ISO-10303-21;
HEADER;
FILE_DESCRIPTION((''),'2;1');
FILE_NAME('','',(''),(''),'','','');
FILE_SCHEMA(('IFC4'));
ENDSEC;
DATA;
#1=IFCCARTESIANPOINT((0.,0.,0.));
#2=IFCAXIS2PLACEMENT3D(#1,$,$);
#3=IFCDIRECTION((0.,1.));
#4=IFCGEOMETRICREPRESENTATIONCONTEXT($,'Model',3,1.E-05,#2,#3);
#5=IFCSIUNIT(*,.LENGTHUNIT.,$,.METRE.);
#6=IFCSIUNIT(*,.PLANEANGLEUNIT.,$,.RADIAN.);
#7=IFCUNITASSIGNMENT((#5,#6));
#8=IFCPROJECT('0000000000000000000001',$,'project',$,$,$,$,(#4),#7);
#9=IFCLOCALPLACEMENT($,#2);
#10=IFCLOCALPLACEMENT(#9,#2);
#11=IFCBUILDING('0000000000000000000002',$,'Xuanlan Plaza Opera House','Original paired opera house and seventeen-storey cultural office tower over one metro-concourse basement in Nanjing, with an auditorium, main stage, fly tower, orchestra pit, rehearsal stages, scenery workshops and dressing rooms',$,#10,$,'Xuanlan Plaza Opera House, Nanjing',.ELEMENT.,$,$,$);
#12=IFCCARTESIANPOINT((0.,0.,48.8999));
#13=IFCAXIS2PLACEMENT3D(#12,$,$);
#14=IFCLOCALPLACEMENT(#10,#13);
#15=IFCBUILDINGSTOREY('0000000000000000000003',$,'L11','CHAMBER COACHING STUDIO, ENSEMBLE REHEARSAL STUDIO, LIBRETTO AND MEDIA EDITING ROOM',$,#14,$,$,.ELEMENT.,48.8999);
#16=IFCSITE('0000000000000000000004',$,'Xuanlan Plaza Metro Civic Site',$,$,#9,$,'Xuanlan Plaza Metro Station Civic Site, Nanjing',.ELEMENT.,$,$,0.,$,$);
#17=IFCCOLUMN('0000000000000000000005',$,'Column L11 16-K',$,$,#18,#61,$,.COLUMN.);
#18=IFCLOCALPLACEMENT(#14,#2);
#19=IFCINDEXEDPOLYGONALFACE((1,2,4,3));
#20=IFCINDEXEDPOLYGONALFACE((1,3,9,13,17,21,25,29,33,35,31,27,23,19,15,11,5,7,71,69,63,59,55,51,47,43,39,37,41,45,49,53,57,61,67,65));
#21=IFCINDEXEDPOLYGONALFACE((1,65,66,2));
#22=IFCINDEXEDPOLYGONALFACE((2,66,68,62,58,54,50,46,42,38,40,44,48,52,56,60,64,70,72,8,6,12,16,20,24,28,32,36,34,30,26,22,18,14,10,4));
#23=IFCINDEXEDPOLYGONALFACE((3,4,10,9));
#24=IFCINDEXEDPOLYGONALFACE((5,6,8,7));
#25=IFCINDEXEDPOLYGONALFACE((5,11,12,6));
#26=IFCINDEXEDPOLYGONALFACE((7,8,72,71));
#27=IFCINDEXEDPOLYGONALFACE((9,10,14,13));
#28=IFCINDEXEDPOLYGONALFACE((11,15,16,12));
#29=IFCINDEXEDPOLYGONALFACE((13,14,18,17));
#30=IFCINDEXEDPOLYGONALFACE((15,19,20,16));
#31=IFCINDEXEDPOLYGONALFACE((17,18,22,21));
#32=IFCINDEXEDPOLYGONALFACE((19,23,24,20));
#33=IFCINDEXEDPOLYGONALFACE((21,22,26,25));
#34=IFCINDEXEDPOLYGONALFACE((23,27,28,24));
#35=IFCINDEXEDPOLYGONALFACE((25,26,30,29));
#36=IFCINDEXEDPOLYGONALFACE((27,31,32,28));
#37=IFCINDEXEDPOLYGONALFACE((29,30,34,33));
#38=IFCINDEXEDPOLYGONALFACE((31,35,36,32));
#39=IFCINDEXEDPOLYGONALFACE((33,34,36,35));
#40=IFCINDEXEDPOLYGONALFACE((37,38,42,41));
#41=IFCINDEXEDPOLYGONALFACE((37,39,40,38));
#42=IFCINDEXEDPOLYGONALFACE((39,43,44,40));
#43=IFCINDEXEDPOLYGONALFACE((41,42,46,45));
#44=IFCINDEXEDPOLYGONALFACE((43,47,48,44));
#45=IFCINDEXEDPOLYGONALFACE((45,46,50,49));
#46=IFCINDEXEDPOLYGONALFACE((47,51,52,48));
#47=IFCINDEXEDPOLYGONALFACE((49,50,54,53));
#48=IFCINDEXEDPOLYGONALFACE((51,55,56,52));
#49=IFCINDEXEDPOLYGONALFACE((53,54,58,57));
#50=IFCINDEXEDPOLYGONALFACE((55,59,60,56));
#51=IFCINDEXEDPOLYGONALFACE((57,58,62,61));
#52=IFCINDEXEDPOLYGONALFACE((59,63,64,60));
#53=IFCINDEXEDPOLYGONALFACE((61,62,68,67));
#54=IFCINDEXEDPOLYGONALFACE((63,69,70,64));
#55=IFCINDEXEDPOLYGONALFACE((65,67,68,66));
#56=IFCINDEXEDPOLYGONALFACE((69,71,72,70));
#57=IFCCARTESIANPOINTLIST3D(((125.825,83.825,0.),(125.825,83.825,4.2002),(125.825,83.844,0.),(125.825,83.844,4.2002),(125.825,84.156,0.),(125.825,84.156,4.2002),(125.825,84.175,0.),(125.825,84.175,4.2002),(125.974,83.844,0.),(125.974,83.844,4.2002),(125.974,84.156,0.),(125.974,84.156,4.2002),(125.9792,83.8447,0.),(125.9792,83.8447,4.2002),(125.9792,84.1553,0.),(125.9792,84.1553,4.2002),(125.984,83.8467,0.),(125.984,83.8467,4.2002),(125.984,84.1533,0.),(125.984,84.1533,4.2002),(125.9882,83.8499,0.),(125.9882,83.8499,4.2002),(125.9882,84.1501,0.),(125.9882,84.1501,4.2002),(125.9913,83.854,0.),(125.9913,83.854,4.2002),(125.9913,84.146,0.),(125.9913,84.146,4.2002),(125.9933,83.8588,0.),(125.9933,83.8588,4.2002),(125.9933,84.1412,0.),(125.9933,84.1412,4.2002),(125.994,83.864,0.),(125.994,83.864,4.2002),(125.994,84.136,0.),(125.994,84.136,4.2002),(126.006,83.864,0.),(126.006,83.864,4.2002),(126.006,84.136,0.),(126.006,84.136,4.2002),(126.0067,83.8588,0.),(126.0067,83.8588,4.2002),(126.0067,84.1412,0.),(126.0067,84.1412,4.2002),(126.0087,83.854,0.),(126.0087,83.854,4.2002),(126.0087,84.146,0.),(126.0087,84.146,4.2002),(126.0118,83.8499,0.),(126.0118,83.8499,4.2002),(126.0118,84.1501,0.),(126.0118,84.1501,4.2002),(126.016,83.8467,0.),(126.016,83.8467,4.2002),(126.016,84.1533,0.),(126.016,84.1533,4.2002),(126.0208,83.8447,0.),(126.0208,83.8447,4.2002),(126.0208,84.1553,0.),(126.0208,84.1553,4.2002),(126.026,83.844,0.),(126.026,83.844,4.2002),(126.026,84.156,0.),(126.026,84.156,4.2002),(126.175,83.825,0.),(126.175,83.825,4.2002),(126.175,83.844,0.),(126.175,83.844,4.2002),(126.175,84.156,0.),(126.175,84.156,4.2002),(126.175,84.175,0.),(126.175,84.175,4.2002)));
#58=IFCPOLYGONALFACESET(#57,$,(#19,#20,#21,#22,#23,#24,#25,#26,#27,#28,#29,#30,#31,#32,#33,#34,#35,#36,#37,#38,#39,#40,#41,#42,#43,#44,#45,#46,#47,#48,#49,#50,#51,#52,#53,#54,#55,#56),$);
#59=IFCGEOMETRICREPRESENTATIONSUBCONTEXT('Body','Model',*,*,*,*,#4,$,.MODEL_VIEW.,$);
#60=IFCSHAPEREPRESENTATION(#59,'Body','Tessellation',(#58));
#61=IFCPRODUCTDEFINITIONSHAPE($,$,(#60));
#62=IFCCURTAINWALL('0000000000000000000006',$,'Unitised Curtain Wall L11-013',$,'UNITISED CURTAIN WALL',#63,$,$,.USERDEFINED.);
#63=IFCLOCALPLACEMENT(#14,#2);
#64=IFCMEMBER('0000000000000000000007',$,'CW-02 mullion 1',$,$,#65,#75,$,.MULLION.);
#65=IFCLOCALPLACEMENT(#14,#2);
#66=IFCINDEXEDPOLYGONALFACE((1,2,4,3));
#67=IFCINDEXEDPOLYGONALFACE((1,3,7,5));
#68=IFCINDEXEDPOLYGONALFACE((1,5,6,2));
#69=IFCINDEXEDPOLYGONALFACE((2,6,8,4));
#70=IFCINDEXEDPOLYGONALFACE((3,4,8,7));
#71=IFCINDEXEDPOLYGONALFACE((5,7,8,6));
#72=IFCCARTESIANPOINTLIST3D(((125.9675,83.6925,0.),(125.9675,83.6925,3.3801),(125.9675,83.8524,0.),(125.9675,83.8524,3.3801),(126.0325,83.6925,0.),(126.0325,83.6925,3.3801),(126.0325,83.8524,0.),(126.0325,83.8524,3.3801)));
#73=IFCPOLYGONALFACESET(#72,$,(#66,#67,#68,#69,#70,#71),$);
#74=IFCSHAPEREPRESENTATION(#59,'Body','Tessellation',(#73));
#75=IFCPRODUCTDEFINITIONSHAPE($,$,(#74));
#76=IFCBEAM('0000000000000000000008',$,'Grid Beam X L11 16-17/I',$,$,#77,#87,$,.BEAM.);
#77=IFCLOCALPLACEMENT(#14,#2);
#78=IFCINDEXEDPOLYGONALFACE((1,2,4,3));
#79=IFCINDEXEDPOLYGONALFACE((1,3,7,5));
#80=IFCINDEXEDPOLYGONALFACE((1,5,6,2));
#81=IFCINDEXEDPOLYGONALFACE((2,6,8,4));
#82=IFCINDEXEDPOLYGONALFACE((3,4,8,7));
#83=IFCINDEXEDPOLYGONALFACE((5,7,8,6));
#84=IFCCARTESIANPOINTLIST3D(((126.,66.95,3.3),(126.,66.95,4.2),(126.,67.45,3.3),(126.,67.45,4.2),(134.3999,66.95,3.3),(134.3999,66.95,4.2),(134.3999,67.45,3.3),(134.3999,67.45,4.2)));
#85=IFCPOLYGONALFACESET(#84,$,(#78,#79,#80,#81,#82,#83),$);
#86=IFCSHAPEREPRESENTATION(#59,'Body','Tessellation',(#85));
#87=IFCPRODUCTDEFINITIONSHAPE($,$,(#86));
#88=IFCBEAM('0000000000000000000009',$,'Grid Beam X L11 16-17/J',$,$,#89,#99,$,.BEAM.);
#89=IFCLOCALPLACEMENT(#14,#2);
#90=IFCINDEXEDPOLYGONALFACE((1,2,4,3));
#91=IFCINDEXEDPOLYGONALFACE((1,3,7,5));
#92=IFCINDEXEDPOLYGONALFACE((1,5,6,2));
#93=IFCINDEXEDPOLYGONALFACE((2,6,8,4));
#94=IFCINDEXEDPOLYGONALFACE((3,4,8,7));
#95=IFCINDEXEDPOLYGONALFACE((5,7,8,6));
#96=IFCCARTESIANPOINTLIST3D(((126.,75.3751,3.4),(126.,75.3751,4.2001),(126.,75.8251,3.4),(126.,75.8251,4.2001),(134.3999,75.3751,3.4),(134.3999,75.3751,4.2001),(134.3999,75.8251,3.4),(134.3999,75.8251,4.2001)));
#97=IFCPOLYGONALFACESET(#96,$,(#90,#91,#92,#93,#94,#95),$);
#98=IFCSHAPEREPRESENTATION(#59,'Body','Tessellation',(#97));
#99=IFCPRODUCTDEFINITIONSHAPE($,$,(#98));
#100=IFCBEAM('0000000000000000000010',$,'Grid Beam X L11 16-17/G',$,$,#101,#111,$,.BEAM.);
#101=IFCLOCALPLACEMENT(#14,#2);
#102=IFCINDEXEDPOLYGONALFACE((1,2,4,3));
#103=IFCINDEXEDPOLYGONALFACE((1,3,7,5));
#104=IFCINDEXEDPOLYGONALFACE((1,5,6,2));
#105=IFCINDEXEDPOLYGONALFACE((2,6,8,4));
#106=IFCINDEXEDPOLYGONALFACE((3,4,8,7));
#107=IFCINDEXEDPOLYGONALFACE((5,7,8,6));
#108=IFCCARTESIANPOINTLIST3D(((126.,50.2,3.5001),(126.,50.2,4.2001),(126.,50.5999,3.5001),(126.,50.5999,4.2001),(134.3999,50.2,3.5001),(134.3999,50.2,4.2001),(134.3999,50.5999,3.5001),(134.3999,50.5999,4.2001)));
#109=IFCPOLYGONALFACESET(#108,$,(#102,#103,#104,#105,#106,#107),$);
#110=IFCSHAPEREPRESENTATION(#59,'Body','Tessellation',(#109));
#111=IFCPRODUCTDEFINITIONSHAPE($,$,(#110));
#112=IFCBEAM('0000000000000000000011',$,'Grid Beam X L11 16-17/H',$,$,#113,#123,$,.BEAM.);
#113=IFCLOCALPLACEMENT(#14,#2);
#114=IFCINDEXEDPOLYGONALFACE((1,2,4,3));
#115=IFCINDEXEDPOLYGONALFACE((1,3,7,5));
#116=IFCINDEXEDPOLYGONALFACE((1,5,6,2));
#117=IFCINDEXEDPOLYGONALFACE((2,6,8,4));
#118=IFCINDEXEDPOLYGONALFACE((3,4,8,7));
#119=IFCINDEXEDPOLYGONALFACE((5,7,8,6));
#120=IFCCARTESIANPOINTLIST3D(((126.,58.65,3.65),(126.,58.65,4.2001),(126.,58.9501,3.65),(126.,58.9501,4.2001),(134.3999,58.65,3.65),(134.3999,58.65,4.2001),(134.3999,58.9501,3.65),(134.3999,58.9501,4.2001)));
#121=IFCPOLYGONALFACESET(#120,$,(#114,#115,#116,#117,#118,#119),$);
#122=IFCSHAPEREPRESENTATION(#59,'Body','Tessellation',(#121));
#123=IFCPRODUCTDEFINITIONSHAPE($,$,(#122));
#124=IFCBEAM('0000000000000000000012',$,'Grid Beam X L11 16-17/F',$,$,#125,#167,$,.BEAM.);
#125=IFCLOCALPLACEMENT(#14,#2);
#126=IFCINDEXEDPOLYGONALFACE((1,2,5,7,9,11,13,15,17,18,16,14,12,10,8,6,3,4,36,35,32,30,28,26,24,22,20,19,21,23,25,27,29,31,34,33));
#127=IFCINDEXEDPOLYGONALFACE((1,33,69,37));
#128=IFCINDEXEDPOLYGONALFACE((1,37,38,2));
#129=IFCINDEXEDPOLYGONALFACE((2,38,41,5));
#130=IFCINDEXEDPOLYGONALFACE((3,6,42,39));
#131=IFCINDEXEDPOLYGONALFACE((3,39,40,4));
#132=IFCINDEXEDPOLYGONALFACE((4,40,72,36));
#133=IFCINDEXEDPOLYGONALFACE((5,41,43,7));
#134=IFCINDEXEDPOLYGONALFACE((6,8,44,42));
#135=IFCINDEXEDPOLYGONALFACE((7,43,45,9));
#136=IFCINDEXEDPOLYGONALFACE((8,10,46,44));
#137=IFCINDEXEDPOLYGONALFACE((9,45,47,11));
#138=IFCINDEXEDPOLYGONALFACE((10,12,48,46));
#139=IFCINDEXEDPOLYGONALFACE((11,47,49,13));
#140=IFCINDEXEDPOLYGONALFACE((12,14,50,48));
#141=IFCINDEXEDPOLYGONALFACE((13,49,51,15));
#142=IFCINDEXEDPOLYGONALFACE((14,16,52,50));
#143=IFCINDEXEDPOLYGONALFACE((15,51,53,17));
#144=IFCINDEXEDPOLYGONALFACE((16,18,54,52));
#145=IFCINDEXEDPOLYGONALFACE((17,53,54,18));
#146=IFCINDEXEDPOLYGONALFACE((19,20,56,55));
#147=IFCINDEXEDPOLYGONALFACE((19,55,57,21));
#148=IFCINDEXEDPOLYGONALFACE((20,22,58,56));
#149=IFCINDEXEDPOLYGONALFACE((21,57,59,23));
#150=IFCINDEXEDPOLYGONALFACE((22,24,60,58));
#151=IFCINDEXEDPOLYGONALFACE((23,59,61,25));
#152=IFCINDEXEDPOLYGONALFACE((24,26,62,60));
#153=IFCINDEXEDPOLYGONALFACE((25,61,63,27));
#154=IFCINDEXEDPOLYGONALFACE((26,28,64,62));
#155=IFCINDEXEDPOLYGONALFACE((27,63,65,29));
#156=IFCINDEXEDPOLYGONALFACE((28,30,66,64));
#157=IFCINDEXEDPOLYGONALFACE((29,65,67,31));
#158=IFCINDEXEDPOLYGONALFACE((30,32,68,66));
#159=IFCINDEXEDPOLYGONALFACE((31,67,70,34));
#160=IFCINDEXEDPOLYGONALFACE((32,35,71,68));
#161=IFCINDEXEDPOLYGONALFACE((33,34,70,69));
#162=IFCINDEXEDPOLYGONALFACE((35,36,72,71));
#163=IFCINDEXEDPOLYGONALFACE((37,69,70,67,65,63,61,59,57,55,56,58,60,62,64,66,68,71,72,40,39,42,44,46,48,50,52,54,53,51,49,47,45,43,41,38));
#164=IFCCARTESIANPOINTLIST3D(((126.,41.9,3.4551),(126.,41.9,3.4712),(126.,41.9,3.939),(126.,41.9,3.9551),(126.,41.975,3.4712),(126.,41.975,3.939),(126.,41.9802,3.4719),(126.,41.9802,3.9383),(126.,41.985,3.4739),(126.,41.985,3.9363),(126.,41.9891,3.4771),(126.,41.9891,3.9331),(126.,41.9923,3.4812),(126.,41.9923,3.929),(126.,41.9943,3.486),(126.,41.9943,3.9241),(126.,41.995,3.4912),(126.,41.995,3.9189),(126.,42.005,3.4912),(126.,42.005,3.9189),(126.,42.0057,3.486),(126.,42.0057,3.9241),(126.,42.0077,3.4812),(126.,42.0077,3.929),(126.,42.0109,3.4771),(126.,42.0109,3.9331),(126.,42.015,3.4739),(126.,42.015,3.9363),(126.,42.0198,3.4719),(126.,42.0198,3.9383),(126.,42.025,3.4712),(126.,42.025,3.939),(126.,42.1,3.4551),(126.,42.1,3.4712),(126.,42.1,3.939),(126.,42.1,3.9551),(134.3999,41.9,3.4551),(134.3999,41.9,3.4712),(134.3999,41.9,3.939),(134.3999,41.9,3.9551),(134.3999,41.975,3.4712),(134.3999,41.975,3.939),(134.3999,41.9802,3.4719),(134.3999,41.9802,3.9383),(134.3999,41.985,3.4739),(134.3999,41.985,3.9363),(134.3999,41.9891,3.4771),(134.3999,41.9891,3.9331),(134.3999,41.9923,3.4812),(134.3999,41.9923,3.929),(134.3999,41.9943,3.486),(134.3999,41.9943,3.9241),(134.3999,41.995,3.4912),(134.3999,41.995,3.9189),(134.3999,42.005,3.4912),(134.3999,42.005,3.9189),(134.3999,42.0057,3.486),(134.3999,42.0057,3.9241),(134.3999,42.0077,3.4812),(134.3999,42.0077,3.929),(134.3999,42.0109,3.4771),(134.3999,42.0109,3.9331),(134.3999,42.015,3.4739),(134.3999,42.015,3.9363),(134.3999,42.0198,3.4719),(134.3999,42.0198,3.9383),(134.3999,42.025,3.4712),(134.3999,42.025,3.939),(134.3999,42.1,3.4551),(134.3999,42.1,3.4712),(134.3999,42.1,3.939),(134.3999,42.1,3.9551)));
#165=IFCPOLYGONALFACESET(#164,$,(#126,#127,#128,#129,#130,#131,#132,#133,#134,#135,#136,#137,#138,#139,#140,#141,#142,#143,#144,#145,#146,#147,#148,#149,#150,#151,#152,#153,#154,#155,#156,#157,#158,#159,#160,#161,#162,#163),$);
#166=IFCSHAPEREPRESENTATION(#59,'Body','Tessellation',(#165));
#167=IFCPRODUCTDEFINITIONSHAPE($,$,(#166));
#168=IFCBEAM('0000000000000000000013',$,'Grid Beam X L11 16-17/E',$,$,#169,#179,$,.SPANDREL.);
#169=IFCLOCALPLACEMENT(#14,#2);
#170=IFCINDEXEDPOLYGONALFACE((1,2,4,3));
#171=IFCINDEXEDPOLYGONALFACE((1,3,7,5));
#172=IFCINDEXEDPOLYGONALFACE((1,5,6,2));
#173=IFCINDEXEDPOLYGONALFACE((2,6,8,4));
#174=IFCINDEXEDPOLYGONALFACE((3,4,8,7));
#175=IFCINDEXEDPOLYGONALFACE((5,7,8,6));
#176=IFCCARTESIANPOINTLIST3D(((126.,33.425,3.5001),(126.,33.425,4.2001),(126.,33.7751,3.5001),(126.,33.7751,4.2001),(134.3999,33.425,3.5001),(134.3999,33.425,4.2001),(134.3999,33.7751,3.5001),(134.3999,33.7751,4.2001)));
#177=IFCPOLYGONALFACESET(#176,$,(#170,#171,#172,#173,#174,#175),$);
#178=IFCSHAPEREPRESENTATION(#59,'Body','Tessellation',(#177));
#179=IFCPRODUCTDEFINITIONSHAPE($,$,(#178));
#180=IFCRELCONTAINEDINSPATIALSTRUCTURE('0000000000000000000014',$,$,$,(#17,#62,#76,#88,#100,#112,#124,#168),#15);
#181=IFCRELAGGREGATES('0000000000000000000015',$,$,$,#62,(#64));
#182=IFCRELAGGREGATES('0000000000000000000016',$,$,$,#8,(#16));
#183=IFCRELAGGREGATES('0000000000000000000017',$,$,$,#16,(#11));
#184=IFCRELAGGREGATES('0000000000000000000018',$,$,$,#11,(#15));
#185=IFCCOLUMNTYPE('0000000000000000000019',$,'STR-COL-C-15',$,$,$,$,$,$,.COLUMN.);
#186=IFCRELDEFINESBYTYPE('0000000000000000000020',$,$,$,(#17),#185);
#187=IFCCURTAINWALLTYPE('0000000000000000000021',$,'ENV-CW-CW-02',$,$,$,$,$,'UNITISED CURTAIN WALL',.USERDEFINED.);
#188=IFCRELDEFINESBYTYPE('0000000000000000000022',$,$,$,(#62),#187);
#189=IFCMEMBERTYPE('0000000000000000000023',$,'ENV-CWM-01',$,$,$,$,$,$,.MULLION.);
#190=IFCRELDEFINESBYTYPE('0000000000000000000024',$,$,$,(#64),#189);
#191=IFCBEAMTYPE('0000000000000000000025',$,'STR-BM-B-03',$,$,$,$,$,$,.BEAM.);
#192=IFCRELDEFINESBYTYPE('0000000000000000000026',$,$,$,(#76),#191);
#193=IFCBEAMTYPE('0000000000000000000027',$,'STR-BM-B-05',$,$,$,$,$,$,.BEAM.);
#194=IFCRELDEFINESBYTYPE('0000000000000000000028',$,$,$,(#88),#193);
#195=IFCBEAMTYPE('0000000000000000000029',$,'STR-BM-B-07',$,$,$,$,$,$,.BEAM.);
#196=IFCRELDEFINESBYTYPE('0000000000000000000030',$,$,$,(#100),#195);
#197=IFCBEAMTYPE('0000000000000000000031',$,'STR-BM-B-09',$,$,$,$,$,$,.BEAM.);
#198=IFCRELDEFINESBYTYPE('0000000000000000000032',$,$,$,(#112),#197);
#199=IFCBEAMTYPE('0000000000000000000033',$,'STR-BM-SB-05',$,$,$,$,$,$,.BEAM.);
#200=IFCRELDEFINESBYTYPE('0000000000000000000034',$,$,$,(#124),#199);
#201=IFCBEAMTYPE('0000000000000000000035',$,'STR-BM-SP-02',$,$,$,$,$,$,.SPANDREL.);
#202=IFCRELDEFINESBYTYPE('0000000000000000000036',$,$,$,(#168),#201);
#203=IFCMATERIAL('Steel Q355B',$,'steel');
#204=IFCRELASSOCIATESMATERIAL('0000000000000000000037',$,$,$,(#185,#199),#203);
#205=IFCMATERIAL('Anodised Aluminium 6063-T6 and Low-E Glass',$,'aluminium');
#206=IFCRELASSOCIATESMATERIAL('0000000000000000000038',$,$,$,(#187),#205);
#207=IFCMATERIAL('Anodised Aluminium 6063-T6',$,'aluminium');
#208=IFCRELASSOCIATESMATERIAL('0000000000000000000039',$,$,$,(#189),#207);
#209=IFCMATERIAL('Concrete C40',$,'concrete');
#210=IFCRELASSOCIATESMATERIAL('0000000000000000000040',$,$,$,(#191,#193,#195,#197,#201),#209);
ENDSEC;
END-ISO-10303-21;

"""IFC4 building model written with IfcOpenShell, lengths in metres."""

from ifc_helpers import new_model, si_unit, direction, frame, origin, origin_2d, place, context, subcontext, project, spatial, rectangle, i_section, extrude, material, material_profile, profile_set, type_object, element, aggregate, save


model = new_model("IFC4")

# Units and contexts
model_context = context("Model", 3, precision=1e-05, world=origin(), true_north=direction((0.0, 1.0)))
body_context = subcontext(model_context, "Body", "Model", "MODEL_VIEW")
ifc_project = project(units=[si_unit("LENGTHUNIT", "METRE"), si_unit("PLANEANGLEUNIT", "RADIAN")], contexts=[model_context])

# Site, building, storey
site_placement = place(None, origin())
site = spatial("IfcSite", under=ifc_project, at=site_placement, Name="Xuanlan Plaza Metro Civic Site", LongName="Xuanlan Plaza Metro Station Civic Site, Nanjing", CompositionType="ELEMENT", RefElevation=0.0)
building_placement = place(site_placement, origin())
building = spatial("IfcBuilding", under=site, at=building_placement, Name="Xuanlan Plaza Opera House", Description="Original paired opera house and seventeen-storey cultural office tower over one metro-concourse basement in Nanjing, with an auditorium, main stage, fly tower, orchestra pit, rehearsal stages, scenery workshops and dressing rooms", LongName="Xuanlan Plaza Opera House, Nanjing", CompositionType="ELEMENT")
storey_placement = place(building_placement, frame((0.0, 0.0, 48.8999)))
storey = spatial("IfcBuildingStorey", under=building, at=storey_placement, Name="L11", Description="CHAMBER COACHING STUDIO, ENSEMBLE REHEARSAL STUDIO, LIBRETTO AND MEDIA EDITING ROOM", CompositionType="ELEMENT", Elevation=48.8999)

# Column
ifc_material_1 = material(Name="Steel Q355B", Category="steel")
ifc_material_profile_1 = material_profile(ifc_material_1, i_section(OverallWidth=0.3501, OverallDepth=0.3501, WebThickness=0.012, FlangeThickness=0.019, FilletRadius=0.02, at=origin_2d()), Name="HW 350x350x12x19")
ifc_profile_set_1 = profile_set([ifc_material_profile_1], Name="Steel Q355B")
column_type_1 = type_object("IfcColumnType", Name="STR-COL-C-15", PredefinedType="COLUMN", material=ifc_profile_set_1)
for number, where, z_axis, x_axis, name in (
    (1, (126.0, 84.0, 0.0), (0.0, 0.0, 1.0), (1.0, 0.0, 0.0), "Column L11 16-K"),
):
    element("IfcColumn", number, at=place(storey_placement, frame(where, z_axis=z_axis, x_axis=x_axis)), inside=storey, type_object=column_type_1, Name=name, PredefinedType="COLUMN", context=body_context, shape_type="SweptSolid", body=[
        extrude(i_section(OverallWidth=0.3501, OverallDepth=0.3501, WebThickness=0.012, FlangeThickness=0.019, FilletRadius=0.02, at=origin_2d()), origin(), (0.0, 0.0, 1.0), 4.2002),
    ])

# Curtain wall, member
ifc_material_2 = material(Name="Anodised Aluminium 6063-T6 and Low-E Glass", Category="aluminium")
curtain_wall_type = type_object("IfcCurtainWallType", Name="ENV-CW-CW-02", ElementType="UNITISED CURTAIN WALL", PredefinedType="USERDEFINED", material=ifc_material_2)
curtain_wall_placement = place(storey_placement, origin())
curtain_wall = element("IfcCurtainWall", 2, at=curtain_wall_placement, inside=storey, type_object=curtain_wall_type, Name="Unitised Curtain Wall L11-013", ObjectType="UNITISED CURTAIN WALL", PredefinedType="USERDEFINED")
ifc_material_3 = material(Name="Anodised Aluminium 6063-T6", Category="aluminium")
ifc_material_profile_2 = material_profile(ifc_material_3, rectangle(XDim=0.0649, YDim=0.1599, at=origin_2d()), Name="ALU-M 65x160")
ifc_profile_set_2 = profile_set([ifc_material_profile_2], Name="Anodised Aluminium 6063-T6")
member_type = type_object("IfcMemberType", Name="ENV-CWM-01", PredefinedType="MULLION", material=ifc_profile_set_2)
member_placement = place(storey_placement, frame((126.0, 83.7725, 0.0), z_axis=(0.0, 0.0, 1.0), x_axis=(1.0, 0.0, 0.0)))
member = element("IfcMember", 3, at=member_placement, type_object=member_type, Name="CW-02 mullion 1", PredefinedType="MULLION", context=body_context, shape_type="SweptSolid", body=[
    extrude(rectangle(XDim=0.0649, YDim=0.1599, at=origin_2d()), origin(), (0.0, 0.0, 1.0), 3.3801),
])
aggregate(curtain_wall, [member])

# Beams
ifc_material_4 = material(Name="Concrete C40", Category="concrete")
ifc_material_profile_3 = material_profile(ifc_material_4, rectangle(XDim=0.5, YDim=0.8999, at=origin_2d()), Name="RC-BM 500x900")
ifc_profile_set_3 = profile_set([ifc_material_profile_3], Name="Concrete C40")
beam_type_1 = type_object("IfcBeamType", Name="STR-BM-B-03", PredefinedType="BEAM", material=ifc_profile_set_3)
beam_1_placement = place(storey_placement, frame((126.0, 67.2, 3.75), z_axis=(1.0, 0.0, 0.0), x_axis=(0.0, 1.0, 0.0)))
element("IfcBeam", 4, at=beam_1_placement, inside=storey, type_object=beam_type_1, Name="Grid Beam X L11 16-17/I", PredefinedType="BEAM", context=body_context, shape_type="SweptSolid", body=[
    extrude(rectangle(XDim=0.5, YDim=0.8999, at=origin_2d()), origin(), (0.0, 0.0, 1.0), 8.3999),
])
ifc_material_profile_4 = material_profile(ifc_material_4, rectangle(XDim=0.45, YDim=0.8, at=origin_2d()), Name="RC-BM 450x800")
ifc_profile_set_4 = profile_set([ifc_material_profile_4], Name="Concrete C40")
beam_type_2 = type_object("IfcBeamType", Name="STR-BM-B-05", PredefinedType="BEAM", material=ifc_profile_set_4)
beam_2_placement = place(storey_placement, frame((126.0, 75.6001, 3.8), z_axis=(1.0, 0.0, 0.0), x_axis=(0.0, 1.0, 0.0)))
element("IfcBeam", 5, at=beam_2_placement, inside=storey, type_object=beam_type_2, Name="Grid Beam X L11 16-17/J", PredefinedType="BEAM", context=body_context, shape_type="SweptSolid", body=[
    extrude(rectangle(XDim=0.45, YDim=0.8, at=origin_2d()), origin(), (0.0, 0.0, 1.0), 8.3999),
])
ifc_material_profile_5 = material_profile(ifc_material_4, rectangle(XDim=0.3999, YDim=0.7, at=origin_2d()), Name="RC-BM 400x700")
ifc_profile_set_5 = profile_set([ifc_material_profile_5], Name="Concrete C40")
beam_type_3 = type_object("IfcBeamType", Name="STR-BM-B-07", PredefinedType="BEAM", material=ifc_profile_set_5)
beam_3_placement = place(storey_placement, frame((126.0, 50.3999, 3.8501), z_axis=(1.0, 0.0, 0.0), x_axis=(0.0, 1.0, 0.0)))
element("IfcBeam", 6, at=beam_3_placement, inside=storey, type_object=beam_type_3, Name="Grid Beam X L11 16-17/G", PredefinedType="BEAM", context=body_context, shape_type="SweptSolid", body=[
    extrude(rectangle(XDim=0.3999, YDim=0.7, at=origin_2d()), origin(), (0.0, 0.0, 1.0), 8.3999),
])
ifc_material_profile_6 = material_profile(ifc_material_4, rectangle(XDim=0.3, YDim=0.55, at=origin_2d()), Name="RC-BM 300x550")
ifc_profile_set_6 = profile_set([ifc_material_profile_6], Name="Concrete C40")
beam_type_4 = type_object("IfcBeamType", Name="STR-BM-B-09", PredefinedType="BEAM", material=ifc_profile_set_6)
beam_4_placement = place(storey_placement, frame((126.0, 58.8, 3.925), z_axis=(1.0, 0.0, 0.0), x_axis=(0.0, 1.0, 0.0)))
element("IfcBeam", 7, at=beam_4_placement, inside=storey, type_object=beam_type_4, Name="Grid Beam X L11 16-17/H", PredefinedType="BEAM", context=body_context, shape_type="SweptSolid", body=[
    extrude(rectangle(XDim=0.3, YDim=0.55, at=origin_2d()), origin(), (0.0, 0.0, 1.0), 8.3999),
])
ifc_material_profile_7 = material_profile(ifc_material_1, i_section(OverallWidth=0.2, OverallDepth=0.5, WebThickness=0.01, FlangeThickness=0.0161, FilletRadius=0.02, at=origin_2d()), Name="HN 500x200x10x16")
ifc_profile_set_7 = profile_set([ifc_material_profile_7], Name="Steel Q355B")
beam_type_5 = type_object("IfcBeamType", Name="STR-BM-SB-05", PredefinedType="BEAM", material=ifc_profile_set_7)
beam_5_placement = place(storey_placement, frame((126.0, 42.0, 3.7051), z_axis=(1.0, 0.0, 0.0), x_axis=(0.0, 1.0, 0.0)))
element("IfcBeam", 8, at=beam_5_placement, inside=storey, type_object=beam_type_5, Name="Grid Beam X L11 16-17/F", PredefinedType="BEAM", context=body_context, shape_type="SweptSolid", body=[
    extrude(i_section(OverallWidth=0.2, OverallDepth=0.5, WebThickness=0.01, FlangeThickness=0.0161, FilletRadius=0.02, at=origin_2d()), origin(), (0.0, 0.0, 1.0), 8.3999),
])
ifc_material_profile_8 = material_profile(ifc_material_4, rectangle(XDim=0.3501, YDim=0.7, at=origin_2d()), Name="RC-SPD 350x700")
ifc_profile_set_8 = profile_set([ifc_material_profile_8], Name="Concrete C40")
beam_type_6 = type_object("IfcBeamType", Name="STR-BM-SP-02", PredefinedType="SPANDREL", material=ifc_profile_set_8)
for number, where, z_axis, x_axis, name in (
    (9, (126.0, 33.6001, 3.8501), (1.0, 0.0, 0.0), (0.0, 1.0, 0.0), "Grid Beam X L11 16-17/E"),
):
    element("IfcBeam", number, at=place(storey_placement, frame(where, z_axis=z_axis, x_axis=x_axis)), inside=storey, type_object=beam_type_6, Name=name, PredefinedType="SPANDREL", context=body_context, shape_type="SweptSolid", body=[
        extrude(rectangle(XDim=0.3501, YDim=0.7, at=origin_2d()), origin(), (0.0, 0.0, 1.0), 8.3999),
    ])

save(model, "model.ifc")
